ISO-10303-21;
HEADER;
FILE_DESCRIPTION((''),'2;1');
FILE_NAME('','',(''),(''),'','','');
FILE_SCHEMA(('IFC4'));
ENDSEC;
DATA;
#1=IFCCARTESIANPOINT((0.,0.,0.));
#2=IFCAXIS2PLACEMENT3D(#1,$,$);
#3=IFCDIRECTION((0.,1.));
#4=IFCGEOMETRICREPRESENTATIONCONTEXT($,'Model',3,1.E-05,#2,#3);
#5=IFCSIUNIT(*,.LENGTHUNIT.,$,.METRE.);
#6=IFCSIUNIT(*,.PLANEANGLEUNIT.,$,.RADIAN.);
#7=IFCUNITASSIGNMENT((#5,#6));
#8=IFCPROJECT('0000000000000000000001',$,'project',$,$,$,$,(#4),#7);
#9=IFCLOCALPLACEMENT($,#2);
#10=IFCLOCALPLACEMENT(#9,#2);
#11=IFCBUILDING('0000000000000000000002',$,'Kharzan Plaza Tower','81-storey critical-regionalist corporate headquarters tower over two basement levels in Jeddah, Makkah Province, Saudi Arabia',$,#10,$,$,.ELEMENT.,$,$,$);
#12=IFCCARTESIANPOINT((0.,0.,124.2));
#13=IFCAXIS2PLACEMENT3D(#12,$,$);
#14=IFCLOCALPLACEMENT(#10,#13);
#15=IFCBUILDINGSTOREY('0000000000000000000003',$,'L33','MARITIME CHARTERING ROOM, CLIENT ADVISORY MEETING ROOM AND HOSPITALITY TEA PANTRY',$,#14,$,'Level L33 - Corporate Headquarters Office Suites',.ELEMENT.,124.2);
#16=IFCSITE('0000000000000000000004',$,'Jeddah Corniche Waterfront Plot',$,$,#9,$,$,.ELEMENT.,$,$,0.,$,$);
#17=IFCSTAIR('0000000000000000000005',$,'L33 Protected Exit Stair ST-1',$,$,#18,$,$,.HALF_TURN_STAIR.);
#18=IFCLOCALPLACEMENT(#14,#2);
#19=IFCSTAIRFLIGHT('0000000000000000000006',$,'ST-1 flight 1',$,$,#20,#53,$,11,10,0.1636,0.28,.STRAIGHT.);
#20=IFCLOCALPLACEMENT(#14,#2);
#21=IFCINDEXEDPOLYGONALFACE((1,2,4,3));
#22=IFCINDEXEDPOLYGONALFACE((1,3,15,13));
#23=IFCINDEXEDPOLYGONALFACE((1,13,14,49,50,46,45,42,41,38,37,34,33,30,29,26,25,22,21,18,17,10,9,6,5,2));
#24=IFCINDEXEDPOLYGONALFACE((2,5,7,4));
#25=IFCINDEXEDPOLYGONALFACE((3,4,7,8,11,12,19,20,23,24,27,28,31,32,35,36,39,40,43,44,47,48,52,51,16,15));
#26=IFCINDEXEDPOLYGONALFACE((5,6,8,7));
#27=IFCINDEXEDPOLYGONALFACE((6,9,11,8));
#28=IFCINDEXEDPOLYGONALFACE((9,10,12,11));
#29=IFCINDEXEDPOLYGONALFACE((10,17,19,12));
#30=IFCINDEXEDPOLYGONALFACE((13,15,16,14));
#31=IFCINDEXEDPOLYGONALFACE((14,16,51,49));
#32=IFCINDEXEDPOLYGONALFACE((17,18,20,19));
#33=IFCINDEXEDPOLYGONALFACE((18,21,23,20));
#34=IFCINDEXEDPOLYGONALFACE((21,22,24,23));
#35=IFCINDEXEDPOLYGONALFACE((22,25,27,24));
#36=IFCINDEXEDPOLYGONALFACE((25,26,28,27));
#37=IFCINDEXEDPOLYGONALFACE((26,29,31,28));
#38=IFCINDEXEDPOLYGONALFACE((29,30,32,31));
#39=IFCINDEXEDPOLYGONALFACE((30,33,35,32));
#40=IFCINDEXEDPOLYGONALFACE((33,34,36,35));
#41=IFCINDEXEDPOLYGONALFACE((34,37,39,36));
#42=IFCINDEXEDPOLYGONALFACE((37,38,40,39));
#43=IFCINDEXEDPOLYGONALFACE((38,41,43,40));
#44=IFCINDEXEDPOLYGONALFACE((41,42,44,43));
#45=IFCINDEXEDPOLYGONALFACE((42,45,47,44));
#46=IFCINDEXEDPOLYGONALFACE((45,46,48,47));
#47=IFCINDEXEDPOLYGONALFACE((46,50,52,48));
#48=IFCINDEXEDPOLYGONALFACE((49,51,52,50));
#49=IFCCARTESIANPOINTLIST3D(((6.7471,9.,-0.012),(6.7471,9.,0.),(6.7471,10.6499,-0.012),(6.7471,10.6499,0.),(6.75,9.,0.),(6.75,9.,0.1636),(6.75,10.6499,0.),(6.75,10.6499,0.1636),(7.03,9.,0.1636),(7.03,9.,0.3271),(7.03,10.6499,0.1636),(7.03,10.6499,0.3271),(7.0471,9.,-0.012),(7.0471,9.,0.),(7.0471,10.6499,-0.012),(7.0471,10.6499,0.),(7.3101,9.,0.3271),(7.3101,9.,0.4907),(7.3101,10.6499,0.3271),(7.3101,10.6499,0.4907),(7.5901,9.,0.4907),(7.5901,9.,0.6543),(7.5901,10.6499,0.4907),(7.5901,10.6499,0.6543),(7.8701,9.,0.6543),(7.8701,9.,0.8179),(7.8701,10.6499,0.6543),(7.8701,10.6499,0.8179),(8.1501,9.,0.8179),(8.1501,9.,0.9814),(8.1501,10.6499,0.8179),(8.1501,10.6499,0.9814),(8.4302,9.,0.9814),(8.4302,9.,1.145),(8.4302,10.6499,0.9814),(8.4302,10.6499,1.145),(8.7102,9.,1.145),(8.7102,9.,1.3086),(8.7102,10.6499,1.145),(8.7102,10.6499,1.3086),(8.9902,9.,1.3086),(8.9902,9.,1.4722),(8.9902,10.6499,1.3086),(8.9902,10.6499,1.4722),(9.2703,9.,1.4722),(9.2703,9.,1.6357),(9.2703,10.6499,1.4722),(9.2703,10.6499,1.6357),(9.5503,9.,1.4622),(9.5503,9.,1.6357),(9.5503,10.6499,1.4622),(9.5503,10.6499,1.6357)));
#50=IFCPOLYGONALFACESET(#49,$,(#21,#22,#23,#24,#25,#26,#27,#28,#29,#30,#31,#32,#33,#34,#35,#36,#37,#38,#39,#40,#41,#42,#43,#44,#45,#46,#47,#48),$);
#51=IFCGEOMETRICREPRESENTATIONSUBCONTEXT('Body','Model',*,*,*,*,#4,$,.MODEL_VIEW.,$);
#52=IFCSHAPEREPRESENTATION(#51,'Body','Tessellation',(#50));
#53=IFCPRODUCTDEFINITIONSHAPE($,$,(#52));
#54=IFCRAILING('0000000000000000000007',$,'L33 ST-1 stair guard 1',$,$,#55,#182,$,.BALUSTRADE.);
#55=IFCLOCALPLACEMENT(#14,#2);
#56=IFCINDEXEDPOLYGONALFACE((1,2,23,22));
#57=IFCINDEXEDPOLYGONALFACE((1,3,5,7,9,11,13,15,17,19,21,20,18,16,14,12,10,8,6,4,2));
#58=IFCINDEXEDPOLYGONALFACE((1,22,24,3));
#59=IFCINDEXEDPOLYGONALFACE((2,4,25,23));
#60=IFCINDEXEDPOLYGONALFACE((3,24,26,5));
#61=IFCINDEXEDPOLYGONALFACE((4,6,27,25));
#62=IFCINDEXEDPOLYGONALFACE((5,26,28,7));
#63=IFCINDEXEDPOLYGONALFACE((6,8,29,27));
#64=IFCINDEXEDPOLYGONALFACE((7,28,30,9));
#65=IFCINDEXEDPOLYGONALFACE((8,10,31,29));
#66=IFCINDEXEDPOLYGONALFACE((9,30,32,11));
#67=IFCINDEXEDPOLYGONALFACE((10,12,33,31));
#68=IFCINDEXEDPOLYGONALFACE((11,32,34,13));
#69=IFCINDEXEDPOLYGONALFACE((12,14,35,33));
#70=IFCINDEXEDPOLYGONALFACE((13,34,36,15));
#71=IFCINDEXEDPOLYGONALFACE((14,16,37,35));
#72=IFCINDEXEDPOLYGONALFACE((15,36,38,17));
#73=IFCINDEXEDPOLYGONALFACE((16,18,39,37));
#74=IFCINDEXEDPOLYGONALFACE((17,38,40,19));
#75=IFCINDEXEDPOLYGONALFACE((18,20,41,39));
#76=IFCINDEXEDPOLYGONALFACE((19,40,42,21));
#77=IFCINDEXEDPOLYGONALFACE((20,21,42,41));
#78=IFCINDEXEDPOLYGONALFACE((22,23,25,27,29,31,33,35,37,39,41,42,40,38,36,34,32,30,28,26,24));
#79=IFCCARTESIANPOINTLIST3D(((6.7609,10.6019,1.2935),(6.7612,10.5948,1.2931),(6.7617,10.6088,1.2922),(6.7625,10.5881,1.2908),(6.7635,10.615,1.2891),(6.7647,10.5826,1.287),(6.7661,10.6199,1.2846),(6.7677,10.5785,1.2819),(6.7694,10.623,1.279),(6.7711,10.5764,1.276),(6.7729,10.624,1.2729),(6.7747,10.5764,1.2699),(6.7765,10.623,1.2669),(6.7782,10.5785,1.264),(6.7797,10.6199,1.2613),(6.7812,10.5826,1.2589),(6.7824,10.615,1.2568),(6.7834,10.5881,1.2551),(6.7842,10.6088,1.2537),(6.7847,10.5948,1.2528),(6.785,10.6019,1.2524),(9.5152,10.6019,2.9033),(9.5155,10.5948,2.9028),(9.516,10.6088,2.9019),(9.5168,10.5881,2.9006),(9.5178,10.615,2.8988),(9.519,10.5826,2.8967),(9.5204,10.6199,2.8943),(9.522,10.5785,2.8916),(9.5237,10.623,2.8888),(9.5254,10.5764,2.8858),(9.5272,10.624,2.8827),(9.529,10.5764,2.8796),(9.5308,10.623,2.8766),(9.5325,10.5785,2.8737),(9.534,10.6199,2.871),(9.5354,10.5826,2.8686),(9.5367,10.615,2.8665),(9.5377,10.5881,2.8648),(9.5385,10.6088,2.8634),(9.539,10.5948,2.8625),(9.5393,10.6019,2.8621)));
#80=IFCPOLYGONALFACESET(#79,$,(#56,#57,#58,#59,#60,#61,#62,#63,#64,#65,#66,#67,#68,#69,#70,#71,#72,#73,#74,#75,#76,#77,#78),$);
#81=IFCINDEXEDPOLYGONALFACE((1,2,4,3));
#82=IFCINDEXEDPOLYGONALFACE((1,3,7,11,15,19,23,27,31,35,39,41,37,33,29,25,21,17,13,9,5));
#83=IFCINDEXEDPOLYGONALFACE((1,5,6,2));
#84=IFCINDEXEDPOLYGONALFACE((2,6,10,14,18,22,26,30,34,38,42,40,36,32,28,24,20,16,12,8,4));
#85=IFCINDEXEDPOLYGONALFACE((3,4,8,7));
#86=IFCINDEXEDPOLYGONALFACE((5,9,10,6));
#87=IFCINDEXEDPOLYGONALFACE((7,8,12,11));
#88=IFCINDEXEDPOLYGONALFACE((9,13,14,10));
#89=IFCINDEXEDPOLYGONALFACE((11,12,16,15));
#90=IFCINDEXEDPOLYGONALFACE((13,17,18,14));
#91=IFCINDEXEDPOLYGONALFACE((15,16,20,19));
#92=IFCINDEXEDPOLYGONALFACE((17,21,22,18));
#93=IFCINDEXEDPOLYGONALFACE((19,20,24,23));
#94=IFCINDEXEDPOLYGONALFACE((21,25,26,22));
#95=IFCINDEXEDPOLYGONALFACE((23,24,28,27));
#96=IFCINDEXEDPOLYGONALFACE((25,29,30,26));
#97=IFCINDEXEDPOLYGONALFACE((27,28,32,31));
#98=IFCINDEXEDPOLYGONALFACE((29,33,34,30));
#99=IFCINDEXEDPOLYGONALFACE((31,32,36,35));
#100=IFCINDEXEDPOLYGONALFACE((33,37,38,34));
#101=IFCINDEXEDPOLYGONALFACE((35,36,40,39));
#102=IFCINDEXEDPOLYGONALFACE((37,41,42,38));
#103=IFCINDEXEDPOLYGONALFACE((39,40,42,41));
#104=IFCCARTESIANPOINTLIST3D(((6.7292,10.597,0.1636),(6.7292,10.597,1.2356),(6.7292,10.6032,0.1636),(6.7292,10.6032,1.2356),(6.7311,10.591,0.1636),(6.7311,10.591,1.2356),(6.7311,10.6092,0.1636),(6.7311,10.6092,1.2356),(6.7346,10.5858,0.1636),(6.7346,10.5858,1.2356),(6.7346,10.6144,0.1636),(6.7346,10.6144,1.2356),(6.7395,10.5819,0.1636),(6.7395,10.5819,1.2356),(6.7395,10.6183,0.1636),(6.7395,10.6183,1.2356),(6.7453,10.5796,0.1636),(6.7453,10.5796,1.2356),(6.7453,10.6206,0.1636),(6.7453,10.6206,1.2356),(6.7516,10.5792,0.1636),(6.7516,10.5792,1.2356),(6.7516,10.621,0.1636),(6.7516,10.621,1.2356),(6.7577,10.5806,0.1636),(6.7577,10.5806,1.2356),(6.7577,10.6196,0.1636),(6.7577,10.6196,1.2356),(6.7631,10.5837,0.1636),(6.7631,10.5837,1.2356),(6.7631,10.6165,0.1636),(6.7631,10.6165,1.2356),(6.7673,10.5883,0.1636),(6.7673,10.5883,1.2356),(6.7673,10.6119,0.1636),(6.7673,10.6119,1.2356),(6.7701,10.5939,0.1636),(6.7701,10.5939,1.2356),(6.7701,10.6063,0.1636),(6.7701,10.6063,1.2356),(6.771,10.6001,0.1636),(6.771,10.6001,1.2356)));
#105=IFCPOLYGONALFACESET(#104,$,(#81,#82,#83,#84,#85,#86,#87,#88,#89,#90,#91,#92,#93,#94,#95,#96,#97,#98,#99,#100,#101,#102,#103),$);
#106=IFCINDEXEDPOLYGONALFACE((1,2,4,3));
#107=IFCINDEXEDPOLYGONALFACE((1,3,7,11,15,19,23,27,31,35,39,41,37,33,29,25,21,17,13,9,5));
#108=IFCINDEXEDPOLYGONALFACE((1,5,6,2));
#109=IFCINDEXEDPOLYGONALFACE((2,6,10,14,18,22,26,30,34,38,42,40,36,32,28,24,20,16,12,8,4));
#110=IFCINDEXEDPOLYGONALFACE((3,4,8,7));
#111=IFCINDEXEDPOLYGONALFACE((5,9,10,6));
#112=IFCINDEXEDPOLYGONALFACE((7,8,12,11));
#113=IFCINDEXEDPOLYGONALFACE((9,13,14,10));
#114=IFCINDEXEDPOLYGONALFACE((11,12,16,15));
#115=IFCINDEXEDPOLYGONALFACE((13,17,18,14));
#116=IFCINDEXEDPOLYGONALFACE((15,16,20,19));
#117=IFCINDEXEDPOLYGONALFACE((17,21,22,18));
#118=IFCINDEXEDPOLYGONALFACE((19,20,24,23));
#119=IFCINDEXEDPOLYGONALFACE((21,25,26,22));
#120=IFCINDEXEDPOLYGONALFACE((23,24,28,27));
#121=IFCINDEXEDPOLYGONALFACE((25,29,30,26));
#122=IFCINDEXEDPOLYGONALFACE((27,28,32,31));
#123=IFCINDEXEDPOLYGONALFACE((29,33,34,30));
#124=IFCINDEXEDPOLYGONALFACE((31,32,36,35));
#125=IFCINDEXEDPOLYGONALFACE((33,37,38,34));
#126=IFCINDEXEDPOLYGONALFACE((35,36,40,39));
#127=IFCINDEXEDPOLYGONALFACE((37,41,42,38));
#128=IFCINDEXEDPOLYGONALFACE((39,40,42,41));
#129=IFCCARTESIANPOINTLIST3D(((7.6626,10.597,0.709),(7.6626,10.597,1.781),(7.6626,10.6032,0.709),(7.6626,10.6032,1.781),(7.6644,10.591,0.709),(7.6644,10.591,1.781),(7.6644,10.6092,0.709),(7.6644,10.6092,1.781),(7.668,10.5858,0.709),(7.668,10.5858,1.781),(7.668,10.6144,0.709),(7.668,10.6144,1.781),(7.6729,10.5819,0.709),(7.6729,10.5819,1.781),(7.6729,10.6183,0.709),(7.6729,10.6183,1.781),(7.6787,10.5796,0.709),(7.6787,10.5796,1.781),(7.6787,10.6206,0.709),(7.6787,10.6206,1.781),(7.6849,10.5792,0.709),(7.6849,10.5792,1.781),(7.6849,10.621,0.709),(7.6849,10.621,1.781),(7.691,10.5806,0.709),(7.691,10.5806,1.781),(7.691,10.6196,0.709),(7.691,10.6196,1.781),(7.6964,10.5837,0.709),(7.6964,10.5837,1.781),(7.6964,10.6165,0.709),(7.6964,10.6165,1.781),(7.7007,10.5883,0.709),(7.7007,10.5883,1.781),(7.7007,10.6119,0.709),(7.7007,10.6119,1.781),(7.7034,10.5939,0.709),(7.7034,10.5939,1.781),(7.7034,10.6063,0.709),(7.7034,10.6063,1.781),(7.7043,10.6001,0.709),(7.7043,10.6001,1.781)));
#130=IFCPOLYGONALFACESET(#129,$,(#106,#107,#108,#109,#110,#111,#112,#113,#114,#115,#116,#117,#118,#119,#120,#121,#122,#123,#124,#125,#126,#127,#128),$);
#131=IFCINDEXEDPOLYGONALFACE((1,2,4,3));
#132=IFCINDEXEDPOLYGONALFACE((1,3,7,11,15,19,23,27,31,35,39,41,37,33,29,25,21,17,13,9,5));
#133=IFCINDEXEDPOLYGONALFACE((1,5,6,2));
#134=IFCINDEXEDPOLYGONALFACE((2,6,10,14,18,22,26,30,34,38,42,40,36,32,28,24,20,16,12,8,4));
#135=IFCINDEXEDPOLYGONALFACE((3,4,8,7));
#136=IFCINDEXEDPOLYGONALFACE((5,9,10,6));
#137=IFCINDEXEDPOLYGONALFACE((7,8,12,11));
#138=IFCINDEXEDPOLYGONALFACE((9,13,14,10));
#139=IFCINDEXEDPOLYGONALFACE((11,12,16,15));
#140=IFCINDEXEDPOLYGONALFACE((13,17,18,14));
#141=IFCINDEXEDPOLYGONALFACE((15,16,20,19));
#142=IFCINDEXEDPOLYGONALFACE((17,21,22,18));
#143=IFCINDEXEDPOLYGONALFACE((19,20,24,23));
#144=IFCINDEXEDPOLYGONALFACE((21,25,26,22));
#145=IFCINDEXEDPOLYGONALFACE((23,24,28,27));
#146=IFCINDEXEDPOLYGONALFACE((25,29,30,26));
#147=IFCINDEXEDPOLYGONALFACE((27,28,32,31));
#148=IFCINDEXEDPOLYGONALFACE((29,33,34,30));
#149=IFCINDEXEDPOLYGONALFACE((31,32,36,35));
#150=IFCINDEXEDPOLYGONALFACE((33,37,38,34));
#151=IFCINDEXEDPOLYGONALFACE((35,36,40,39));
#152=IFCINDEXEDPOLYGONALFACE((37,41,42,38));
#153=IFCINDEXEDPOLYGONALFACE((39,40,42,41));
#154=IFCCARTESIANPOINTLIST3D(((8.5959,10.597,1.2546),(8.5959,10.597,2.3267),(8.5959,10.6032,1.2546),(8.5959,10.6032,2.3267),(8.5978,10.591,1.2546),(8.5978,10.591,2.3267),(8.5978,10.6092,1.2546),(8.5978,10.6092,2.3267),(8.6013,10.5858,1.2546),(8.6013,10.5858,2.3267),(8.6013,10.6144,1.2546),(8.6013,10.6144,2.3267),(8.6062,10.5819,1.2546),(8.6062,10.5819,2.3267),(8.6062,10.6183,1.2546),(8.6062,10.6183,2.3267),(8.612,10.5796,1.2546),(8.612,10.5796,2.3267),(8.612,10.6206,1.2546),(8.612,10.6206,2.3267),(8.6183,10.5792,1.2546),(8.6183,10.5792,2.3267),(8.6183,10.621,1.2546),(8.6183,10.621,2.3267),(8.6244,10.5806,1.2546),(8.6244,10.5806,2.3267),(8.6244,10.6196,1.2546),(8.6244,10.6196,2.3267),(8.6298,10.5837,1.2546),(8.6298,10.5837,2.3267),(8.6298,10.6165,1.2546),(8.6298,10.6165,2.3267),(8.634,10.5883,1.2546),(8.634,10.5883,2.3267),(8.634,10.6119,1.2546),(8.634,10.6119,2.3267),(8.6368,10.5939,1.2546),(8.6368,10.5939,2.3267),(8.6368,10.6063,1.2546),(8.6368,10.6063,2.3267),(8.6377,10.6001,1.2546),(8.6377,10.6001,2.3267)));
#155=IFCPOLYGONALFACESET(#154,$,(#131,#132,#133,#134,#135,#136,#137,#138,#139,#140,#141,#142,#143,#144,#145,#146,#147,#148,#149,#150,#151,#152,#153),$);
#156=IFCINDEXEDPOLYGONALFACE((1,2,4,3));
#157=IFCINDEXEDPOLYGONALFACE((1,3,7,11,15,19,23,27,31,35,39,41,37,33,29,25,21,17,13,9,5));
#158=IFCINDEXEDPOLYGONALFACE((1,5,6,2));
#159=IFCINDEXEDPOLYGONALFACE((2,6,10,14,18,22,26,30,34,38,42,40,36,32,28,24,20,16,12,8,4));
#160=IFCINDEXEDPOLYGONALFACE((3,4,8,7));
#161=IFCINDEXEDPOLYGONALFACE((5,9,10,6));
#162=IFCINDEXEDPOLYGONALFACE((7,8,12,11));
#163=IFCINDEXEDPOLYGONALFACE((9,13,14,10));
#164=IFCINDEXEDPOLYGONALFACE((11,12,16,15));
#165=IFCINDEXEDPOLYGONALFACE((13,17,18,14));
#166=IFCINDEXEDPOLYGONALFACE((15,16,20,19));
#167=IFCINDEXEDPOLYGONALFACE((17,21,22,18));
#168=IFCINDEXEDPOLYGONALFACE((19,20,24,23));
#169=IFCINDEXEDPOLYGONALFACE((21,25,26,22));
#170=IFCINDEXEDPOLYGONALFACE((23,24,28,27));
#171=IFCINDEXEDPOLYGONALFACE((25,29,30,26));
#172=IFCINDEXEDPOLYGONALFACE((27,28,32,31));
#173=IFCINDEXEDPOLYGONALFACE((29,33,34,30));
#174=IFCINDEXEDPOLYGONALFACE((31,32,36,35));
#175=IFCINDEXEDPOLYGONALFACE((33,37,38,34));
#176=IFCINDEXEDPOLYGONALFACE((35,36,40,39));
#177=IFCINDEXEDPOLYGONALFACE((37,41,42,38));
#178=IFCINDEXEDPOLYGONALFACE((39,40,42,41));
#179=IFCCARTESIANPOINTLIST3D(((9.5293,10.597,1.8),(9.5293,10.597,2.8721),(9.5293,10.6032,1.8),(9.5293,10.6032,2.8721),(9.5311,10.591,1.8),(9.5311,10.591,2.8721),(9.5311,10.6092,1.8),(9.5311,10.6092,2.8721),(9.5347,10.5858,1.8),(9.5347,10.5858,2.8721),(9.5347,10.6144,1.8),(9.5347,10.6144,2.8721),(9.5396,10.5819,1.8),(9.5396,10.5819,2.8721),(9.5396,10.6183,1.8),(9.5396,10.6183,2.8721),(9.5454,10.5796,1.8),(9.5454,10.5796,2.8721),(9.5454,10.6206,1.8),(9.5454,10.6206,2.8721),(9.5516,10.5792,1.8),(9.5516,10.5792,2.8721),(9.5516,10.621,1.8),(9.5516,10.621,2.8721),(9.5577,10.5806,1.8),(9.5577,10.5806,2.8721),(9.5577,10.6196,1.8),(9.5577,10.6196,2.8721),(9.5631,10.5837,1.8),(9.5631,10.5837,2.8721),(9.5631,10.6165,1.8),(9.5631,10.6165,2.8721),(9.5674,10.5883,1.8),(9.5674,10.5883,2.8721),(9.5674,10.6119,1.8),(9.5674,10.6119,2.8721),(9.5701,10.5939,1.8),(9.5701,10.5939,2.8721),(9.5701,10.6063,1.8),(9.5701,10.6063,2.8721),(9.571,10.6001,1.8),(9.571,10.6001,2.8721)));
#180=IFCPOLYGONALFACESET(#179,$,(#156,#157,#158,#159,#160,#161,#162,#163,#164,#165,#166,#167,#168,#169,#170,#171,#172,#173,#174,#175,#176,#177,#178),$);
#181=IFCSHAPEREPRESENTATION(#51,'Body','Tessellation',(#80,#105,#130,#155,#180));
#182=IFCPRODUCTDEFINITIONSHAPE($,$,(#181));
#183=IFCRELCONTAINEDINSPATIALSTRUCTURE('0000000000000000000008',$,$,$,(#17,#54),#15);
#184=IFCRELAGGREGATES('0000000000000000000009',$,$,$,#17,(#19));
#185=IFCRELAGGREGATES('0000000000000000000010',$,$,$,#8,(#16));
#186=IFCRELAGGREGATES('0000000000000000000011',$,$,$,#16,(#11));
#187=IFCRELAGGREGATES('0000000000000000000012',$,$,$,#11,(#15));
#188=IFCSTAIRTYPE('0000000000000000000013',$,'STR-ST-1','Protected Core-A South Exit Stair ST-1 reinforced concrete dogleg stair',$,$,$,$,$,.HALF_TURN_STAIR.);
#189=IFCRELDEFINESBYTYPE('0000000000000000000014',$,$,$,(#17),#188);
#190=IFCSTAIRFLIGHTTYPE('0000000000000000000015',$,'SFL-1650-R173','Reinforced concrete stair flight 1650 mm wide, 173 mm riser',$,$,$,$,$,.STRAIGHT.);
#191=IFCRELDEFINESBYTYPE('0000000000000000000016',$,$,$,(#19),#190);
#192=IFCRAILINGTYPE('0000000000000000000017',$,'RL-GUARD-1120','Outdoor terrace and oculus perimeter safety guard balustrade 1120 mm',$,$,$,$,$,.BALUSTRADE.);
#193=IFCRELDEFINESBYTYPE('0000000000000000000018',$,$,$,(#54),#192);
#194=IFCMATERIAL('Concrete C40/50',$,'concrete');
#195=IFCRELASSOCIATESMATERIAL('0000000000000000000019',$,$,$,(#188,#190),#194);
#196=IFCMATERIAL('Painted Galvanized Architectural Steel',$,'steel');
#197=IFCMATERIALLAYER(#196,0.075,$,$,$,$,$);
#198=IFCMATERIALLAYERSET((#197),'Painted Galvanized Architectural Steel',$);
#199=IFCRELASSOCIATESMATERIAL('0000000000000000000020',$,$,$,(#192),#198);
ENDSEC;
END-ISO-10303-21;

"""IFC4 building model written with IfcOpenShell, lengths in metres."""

from ifc_helpers import new_model, si_unit, direction, frame, origin, origin_2d, place, context, subcontext, project, spatial, polyline, circle, outline, extrude, source, transform, mapped, material, layer, layer_set, type_object, element, aggregate, save


model = new_model("IFC4")

# Units and contexts
model_context = context("Model", 3, precision=1e-05, world=origin(), true_north=direction((0.0, 1.0)))
body_context = subcontext(model_context, "Body", "Model", "MODEL_VIEW")
ifc_project = project(units=[si_unit("LENGTHUNIT", "METRE"), si_unit("PLANEANGLEUNIT", "RADIAN")], contexts=[model_context])

# Site, building, storey
site_placement = place(None, origin())
site = spatial("IfcSite", under=ifc_project, at=site_placement, Name="Jeddah Corniche Waterfront Plot", CompositionType="ELEMENT", RefElevation=0.0)
building_placement = place(site_placement, origin())
building = spatial("IfcBuilding", under=site, at=building_placement, Name="Kharzan Plaza Tower", Description="81-storey critical-regionalist corporate headquarters tower over two basement levels in Jeddah, Makkah Province, Saudi Arabia", CompositionType="ELEMENT")
storey_placement = place(building_placement, frame((0.0, 0.0, 124.2)))
storey = spatial("IfcBuildingStorey", under=building, at=storey_placement, Name="L33", Description="MARITIME CHARTERING ROOM, CLIENT ADVISORY MEETING ROOM AND HOSPITALITY TEA PANTRY", LongName="Level L33 - Corporate Headquarters Office Suites", CompositionType="ELEMENT", Elevation=124.2)

# Shared definitions
ifc_material_1 = material(Name="Concrete C40/50", Category="concrete")

# Stair, stair flight
stair_type = type_object("IfcStairType", Name="STR-ST-1", Description="Protected Core-A South Exit Stair ST-1 reinforced concrete dogleg stair", PredefinedType="HALF_TURN_STAIR", material=ifc_material_1)
stair_placement = place(storey_placement, origin())
stair = element("IfcStair", 1, at=stair_placement, inside=storey, type_object=stair_type, Name="L33 Protected Exit Stair ST-1", PredefinedType="HALF_TURN_STAIR")
stair_flight_type = type_object("IfcStairFlightType", Name="SFL-1650-R173", Description="Reinforced concrete stair flight 1650 mm wide, 173 mm riser", PredefinedType="STRAIGHT", material=ifc_material_1)
shared_shape_1 = source(origin(), body_context, "Body", "SweptSolid", [
    extrude(outline(polyline([(-0.0029, -0.012), (-0.0029, 0.0), (0.0, 0.0), (0.0, 0.1636), (0.28, 0.1636), (0.28, 0.3271), (0.5601, 0.3271), (0.5601, 0.4907), (0.8401, 0.4907), (0.8401, 0.6543), (1.1201, 0.6543), (1.1201, 0.8179), (1.4001, 0.8179), (1.4001, 0.9814), (1.6802, 0.9814), (1.6802, 1.145), (1.9602, 1.145), (1.9602, 1.3086), (2.2402, 1.3086), (2.2402, 1.4722), (2.5203, 1.4722), (2.5203, 1.6357), (2.8003, 1.6357), (2.8003, 1.7993), (2.8003, 1.4622), (0.2971, 0.0), (0.2971, -0.012), (-0.0029, -0.012)])), frame((0.0, 0.825, 0.0), z_axis=(0.0, -1.0, 0.0), x_axis=(1.0, 0.0, 0.0)), (0.0, 0.0, 1.0), 1.6499),
])
stair_flight_placement = place(storey_placement, frame((6.75, 9.825, 0.0), z_axis=(0.0, 0.0, 1.0), x_axis=(1.0, 0.0, 0.0)))
stair_flight = element("IfcStairFlight", 2, at=stair_flight_placement, type_object=stair_flight_type, Name="ST-1 flight 1", NumberOfRisers=11, NumberOfTreads=10, PredefinedType="STRAIGHT", RiserHeight=0.1636, TreadLength=0.28, context=body_context, shape_type="MappedRepresentation", body=[
    mapped(shared_shape_1, transform((0.0, 0.0, 0.0), x_axis=(1.0, 0.0, 0.0), y_axis=(0.0, 1.0, 0.0), z_axis=(0.0, 0.0, 1.0))),
])
aggregate(stair, [stair_flight])

# Railing
ifc_material_2 = material(Name="Painted Galvanized Architectural Steel", Category="steel")
ifc_layer_1 = layer(ifc_material_2, 0.075)
ifc_layer_set_1 = layer_set([ifc_layer_1], Name="Painted Galvanized Architectural Steel")
railing_type_1 = type_object("IfcRailingType", Name="RL-GUARD-1120", Description="Outdoor terrace and oculus perimeter safety guard balustrade 1120 mm", PredefinedType="BALUSTRADE", material=ifc_layer_set_1)
shared_shape_2 = source(origin(), body_context, "Body", "SweptSolid", [
    extrude(circle(Radius=0.0239, at=origin_2d()), frame((0.0229, 0.0, 1.1094), z_axis=(0.863361, 0.0, 0.504587), x_axis=(0.0, 1.0, 0.0)), (0.0, 0.0, 1.0), 3.1902),
    extrude(circle(Radius=0.021, at=origin_2d()), origin(), (0.0, 0.0, 1.0), 1.072),
    extrude(circle(Radius=0.021, at=origin_2d()), frame((0.9333, 0.0, 0.5454)), (0.0, 0.0, 1.0), 1.072),
    extrude(circle(Radius=0.021, at=origin_2d()), frame((1.8667, 0.0, 1.0911)), (0.0, 0.0, 1.0), 1.072),
    extrude(circle(Radius=0.021, at=origin_2d()), frame((2.8, 0.0, 1.6365)), (0.0, 0.0, 1.0), 1.072),
])
railing_1_placement = place(storey_placement, frame((6.75, 10.6001, 0.1636)))
element("IfcRailing", 3, at=railing_1_placement, inside=storey, type_object=railing_type_1, Name="L33 ST-1 stair guard 1", PredefinedType="BALUSTRADE", context=body_context, shape_type="MappedRepresentation", body=[
    mapped(shared_shape_2, transform((0.0, 0.0, 0.0), x_axis=(1.0, 0.0, 0.0), y_axis=(0.0, 1.0, 0.0), z_axis=(0.0, 0.0, 1.0))),
])

save(model, "model.ifc")
